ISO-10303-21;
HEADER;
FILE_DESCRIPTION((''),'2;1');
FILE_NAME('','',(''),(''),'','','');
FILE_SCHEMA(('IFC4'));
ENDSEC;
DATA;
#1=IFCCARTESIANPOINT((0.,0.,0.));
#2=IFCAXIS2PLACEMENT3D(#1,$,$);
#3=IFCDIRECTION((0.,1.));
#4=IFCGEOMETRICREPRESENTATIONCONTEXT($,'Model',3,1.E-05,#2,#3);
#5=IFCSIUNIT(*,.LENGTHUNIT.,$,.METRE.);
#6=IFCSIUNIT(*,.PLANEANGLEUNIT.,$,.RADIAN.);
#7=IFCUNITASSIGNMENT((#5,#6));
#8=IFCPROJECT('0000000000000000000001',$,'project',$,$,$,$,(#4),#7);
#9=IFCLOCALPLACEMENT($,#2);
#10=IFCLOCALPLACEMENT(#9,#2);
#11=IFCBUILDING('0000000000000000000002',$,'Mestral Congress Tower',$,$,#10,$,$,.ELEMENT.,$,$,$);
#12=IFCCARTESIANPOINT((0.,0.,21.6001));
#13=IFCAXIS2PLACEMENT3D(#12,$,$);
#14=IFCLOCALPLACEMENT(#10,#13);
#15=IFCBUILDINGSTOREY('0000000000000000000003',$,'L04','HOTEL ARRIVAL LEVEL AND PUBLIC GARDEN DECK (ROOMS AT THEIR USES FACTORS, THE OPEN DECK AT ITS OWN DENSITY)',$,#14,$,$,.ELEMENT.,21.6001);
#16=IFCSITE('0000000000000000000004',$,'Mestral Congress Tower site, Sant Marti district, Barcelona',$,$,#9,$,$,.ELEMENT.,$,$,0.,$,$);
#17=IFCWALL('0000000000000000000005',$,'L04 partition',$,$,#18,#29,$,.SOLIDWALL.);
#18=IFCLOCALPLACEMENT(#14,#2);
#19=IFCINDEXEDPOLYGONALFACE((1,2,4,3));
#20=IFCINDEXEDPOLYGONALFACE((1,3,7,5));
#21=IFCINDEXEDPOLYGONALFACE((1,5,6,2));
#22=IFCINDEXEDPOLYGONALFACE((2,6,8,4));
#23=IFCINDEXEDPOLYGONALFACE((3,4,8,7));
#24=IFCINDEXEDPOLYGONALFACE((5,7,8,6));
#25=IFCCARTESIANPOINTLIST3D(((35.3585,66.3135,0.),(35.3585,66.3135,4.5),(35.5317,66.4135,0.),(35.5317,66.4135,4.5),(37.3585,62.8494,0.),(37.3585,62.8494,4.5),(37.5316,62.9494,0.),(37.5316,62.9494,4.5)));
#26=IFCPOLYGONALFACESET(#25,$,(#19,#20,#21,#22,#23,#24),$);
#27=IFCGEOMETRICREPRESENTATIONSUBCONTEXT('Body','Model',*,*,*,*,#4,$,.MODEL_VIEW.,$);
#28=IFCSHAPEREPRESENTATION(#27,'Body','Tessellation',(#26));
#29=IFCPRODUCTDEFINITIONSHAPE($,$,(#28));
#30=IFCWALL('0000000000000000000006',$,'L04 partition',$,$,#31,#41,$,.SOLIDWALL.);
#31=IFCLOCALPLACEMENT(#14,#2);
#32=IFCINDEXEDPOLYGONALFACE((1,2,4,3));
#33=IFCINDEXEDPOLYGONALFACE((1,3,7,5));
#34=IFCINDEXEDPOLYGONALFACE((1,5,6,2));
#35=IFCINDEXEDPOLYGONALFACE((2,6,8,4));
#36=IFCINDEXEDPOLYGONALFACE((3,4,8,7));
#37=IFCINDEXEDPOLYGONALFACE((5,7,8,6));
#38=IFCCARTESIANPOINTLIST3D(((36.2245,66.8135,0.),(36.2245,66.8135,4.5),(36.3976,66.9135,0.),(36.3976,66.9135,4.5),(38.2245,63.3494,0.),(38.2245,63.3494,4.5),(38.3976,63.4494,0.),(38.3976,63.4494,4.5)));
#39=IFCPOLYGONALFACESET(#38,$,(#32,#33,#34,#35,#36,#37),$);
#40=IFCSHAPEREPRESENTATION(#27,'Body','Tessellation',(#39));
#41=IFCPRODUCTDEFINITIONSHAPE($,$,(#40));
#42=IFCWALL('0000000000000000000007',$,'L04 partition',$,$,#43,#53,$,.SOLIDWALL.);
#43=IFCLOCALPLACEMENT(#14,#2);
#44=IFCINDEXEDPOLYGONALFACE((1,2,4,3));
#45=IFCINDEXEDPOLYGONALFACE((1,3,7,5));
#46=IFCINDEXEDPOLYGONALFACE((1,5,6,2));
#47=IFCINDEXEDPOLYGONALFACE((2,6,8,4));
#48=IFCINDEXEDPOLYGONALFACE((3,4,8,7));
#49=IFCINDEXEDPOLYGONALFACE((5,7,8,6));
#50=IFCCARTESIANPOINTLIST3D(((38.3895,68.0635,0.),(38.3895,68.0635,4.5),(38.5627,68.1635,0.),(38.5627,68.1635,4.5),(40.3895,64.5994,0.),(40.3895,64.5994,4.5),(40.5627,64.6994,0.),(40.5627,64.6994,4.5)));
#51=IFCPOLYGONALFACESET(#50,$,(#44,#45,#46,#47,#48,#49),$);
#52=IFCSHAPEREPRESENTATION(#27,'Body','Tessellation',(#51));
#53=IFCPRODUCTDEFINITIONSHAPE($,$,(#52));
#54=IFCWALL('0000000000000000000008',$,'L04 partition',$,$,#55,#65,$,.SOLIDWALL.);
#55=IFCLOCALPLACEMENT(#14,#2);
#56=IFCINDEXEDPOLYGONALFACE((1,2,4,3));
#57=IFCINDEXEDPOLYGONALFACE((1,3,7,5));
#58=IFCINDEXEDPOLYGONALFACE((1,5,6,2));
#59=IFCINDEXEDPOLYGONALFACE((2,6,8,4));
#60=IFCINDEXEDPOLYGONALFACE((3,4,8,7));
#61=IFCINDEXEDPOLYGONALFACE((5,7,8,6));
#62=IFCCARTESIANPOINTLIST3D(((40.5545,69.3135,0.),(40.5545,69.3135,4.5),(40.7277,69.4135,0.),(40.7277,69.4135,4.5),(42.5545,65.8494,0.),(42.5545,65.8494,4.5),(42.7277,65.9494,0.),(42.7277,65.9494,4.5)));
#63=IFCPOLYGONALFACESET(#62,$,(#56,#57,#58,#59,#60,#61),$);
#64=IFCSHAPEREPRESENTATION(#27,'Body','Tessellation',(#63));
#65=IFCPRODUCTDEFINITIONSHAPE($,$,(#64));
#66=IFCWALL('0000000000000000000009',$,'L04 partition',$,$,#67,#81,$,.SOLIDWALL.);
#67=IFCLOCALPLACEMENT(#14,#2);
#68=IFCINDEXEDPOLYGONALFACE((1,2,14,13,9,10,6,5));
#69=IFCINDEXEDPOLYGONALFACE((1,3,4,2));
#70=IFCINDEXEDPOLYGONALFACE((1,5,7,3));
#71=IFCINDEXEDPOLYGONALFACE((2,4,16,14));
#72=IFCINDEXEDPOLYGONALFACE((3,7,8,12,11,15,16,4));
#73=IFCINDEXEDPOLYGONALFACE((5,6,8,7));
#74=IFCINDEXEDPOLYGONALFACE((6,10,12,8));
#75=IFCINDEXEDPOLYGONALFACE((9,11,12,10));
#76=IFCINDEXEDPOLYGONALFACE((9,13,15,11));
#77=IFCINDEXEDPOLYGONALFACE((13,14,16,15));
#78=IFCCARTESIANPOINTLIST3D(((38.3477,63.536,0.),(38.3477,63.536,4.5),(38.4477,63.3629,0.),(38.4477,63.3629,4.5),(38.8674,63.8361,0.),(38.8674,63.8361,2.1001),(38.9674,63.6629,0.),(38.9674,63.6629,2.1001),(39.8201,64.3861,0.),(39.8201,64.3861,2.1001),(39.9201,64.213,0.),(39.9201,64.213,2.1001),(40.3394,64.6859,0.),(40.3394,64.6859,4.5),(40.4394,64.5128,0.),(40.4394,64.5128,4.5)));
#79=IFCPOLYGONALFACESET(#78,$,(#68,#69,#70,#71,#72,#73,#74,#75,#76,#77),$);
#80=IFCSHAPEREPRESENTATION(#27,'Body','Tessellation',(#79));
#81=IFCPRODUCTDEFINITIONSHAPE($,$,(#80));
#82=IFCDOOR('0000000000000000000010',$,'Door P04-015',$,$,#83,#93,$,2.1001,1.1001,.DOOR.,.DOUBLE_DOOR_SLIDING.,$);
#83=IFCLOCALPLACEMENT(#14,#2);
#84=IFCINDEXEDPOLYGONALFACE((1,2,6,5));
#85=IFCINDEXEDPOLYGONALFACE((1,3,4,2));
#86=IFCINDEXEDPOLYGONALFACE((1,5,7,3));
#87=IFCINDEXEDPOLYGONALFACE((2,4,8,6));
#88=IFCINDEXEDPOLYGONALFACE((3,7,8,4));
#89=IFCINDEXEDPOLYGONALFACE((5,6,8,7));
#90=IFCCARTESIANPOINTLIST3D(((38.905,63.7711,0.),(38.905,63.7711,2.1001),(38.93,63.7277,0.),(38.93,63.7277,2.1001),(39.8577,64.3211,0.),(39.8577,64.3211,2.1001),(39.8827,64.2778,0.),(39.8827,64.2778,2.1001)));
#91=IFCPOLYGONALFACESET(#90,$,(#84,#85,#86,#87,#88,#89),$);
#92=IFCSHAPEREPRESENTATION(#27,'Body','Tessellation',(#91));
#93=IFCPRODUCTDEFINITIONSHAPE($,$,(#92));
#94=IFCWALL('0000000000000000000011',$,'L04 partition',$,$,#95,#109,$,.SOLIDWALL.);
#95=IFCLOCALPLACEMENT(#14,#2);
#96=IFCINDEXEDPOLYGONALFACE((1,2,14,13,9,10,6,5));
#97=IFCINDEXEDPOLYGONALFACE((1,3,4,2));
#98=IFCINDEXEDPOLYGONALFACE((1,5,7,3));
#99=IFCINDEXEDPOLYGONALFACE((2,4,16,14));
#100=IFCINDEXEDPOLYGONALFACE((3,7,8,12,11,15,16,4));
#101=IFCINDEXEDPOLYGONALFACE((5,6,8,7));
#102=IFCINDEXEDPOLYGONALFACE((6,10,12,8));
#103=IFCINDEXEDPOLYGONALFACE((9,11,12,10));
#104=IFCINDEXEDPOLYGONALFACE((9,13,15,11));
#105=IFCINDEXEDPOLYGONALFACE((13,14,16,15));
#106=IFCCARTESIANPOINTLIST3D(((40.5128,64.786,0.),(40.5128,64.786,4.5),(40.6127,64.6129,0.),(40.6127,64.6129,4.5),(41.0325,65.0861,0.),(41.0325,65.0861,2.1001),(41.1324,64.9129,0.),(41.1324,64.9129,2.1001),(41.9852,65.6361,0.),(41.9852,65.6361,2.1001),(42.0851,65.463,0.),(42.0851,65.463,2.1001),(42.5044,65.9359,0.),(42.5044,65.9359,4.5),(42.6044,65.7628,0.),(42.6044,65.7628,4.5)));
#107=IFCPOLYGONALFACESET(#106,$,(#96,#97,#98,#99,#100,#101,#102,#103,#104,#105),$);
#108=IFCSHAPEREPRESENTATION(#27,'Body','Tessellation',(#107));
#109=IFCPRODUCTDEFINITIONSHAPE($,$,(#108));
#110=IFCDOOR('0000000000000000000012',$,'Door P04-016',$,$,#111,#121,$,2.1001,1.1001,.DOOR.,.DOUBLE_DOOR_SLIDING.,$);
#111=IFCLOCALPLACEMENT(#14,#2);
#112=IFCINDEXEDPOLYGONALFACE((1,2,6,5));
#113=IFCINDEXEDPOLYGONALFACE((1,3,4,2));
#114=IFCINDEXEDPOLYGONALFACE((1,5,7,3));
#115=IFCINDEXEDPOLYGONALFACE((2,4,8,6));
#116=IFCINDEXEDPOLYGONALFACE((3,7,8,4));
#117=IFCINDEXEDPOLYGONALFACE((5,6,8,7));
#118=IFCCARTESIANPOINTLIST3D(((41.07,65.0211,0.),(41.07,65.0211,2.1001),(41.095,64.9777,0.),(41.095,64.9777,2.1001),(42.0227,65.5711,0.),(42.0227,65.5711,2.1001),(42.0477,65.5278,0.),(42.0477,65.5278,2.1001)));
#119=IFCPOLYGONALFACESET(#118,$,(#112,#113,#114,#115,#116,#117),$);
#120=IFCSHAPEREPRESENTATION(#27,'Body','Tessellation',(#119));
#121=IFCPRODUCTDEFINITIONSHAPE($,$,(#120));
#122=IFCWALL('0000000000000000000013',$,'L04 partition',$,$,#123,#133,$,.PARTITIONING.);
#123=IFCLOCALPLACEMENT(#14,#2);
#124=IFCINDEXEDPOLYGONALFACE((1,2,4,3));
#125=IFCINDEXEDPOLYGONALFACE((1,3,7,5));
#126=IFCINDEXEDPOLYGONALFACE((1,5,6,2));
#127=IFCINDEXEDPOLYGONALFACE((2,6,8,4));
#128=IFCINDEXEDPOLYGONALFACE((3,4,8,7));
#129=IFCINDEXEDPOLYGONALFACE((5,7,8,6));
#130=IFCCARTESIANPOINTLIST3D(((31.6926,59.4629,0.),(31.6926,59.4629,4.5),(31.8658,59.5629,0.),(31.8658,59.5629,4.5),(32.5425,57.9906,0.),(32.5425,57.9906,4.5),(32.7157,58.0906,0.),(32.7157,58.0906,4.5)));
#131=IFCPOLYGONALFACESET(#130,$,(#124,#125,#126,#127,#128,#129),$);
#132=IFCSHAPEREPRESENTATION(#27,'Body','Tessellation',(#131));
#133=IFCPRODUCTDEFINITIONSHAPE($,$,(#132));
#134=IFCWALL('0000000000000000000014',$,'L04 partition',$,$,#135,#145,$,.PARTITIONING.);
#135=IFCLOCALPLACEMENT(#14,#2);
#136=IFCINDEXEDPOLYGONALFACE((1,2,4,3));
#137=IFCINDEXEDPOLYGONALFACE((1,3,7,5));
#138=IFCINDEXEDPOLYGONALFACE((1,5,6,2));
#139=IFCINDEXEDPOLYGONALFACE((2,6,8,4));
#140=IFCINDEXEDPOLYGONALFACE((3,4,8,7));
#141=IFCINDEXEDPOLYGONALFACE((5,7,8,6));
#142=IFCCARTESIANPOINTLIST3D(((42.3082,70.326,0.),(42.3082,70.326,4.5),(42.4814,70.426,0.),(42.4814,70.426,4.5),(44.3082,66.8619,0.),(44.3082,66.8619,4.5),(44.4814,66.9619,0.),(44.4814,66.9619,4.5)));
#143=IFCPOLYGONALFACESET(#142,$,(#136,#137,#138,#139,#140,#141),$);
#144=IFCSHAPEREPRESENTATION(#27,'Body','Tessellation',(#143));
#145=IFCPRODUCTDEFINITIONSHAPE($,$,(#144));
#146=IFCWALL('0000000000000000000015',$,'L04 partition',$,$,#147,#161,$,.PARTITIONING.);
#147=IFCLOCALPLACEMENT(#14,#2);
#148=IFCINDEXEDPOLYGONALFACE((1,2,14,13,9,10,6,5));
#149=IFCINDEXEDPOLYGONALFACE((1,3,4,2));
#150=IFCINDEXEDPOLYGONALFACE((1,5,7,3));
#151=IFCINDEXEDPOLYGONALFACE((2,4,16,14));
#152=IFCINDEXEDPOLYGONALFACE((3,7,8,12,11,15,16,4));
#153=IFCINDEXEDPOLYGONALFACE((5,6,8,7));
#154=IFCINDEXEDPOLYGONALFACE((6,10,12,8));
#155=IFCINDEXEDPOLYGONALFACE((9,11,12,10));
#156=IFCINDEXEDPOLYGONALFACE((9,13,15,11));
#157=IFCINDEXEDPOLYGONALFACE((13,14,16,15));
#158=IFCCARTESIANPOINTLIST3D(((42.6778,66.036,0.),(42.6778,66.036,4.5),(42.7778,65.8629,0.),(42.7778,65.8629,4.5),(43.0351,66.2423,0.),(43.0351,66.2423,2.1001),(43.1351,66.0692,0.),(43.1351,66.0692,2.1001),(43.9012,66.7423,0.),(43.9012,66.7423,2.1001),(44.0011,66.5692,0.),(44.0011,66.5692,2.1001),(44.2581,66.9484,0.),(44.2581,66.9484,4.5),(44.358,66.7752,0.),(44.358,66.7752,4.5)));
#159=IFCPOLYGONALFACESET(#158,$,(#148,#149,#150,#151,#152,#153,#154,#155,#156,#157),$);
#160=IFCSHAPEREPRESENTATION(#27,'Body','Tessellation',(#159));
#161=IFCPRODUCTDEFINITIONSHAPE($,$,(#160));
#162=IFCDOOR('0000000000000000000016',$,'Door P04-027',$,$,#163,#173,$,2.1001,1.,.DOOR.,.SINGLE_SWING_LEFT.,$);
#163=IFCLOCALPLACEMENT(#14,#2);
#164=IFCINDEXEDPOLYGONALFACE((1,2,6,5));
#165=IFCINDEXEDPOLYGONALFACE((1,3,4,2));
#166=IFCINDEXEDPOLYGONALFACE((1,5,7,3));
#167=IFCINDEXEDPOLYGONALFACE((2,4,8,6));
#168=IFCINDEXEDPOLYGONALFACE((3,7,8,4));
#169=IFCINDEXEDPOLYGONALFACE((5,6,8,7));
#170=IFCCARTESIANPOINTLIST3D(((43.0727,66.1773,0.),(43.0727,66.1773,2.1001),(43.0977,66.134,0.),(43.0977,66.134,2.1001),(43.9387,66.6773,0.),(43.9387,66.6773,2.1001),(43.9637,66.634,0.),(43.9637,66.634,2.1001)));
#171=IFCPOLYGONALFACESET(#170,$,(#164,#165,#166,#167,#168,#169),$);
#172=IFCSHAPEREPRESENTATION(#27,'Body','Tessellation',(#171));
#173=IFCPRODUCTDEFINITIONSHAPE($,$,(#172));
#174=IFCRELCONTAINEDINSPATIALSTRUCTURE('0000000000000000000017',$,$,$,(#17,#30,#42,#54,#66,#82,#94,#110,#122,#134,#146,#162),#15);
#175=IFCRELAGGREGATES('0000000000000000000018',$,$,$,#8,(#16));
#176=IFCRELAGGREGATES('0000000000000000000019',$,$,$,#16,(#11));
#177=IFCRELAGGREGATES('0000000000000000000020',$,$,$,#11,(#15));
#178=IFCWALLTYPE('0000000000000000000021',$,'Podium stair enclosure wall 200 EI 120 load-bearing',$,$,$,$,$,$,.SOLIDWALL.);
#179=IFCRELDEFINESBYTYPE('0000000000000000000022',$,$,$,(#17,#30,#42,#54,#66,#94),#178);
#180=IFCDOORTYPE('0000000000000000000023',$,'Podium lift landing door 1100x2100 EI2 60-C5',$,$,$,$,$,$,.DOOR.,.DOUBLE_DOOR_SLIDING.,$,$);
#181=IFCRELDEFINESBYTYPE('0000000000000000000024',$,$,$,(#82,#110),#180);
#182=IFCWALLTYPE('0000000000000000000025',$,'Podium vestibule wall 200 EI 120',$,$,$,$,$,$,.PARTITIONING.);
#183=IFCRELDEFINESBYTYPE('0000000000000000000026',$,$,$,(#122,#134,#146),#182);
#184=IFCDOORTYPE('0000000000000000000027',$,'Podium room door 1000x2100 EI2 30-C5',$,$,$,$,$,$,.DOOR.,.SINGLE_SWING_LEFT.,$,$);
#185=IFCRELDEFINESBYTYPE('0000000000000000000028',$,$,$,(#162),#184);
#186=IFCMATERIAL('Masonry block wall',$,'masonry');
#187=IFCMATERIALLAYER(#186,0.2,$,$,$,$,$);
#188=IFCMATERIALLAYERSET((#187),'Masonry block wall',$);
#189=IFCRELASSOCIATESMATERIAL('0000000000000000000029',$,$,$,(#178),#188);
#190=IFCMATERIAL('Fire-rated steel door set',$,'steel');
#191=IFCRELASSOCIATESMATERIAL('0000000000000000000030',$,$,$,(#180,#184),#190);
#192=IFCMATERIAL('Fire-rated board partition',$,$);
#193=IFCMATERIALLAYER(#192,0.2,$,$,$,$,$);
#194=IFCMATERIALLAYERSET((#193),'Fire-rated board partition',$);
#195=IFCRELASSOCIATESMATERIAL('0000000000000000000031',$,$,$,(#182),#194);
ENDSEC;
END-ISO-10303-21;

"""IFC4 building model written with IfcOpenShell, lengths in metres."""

from ifc_helpers import new_model, si_unit, direction, frame, frame_2d, origin, place, context, subcontext, project, spatial, rectangle, extrude, material, layer, layer_set, type_object, element, fill, save


model = new_model("IFC4")

# Units and contexts
model_context = context("Model", 3, precision=1e-05, world=origin(), true_north=direction((0.0, 1.0)))
body_context = subcontext(model_context, "Body", "Model", "MODEL_VIEW")
ifc_project = project(units=[si_unit("LENGTHUNIT", "METRE"), si_unit("PLANEANGLEUNIT", "RADIAN")], contexts=[model_context])

# Site, building, storey
site_placement = place(None, origin())
site = spatial("IfcSite", under=ifc_project, at=site_placement, Name="Mestral Congress Tower site, Sant Marti district, Barcelona", CompositionType="ELEMENT", RefElevation=0.0)
building_placement = place(site_placement, origin())
building = spatial("IfcBuilding", under=site, at=building_placement, Name="Mestral Congress Tower", CompositionType="ELEMENT")
storey_placement = place(building_placement, frame((0.0, 0.0, 21.6001)))
storey = spatial("IfcBuildingStorey", under=building, at=storey_placement, Name="L04", Description="HOTEL ARRIVAL LEVEL AND PUBLIC GARDEN DECK (ROOMS AT THEIR USES FACTORS, THE OPEN DECK AT ITS OWN DENSITY)", CompositionType="ELEMENT", Elevation=21.6001)

# Walls
ifc_material_1 = material(Name="Masonry block wall", Category="masonry")
ifc_layer_1 = layer(ifc_material_1, 0.2)
ifc_layer_set_1 = layer_set([ifc_layer_1], Name="Masonry block wall")
wall_type_1 = type_object("IfcWallType", Name="Podium stair enclosure wall 200 EI 120 load-bearing", PredefinedType="SOLIDWALL", material=ifc_layer_set_1)
for number, where, z_axis, x_axis, name in (
    (1, (37.4451, 62.8994, 0.0), (0.0, 0.0, 1.0), (-0.499999, 0.866026, 0.0), "L04 partition"),
    (2, (38.311, 63.3994, 0.0), (0.0, 0.0, 1.0), (-0.499999, 0.866026, 0.0), "L04 partition"),
    (3, (40.4761, 64.6494, 0.0), (0.0, 0.0, 1.0), (-0.499999, 0.866026, 0.0), "L04 partition"),
    (4, (42.6411, 65.8994, 0.0), (0.0, 0.0, 1.0), (-0.499999, 0.866026, 0.0), "L04 partition"),
):
    element("IfcWall", number, at=place(storey_placement, frame(where, z_axis=z_axis, x_axis=x_axis)), inside=storey, type_object=wall_type_1, Name=name, PredefinedType="SOLIDWALL", context=body_context, shape_type="SweptSolid", body=[
        extrude(rectangle(XDim=4.0, YDim=0.2, at=frame_2d((2.0, 0.0))), origin(), (0.0, 0.0, 1.0), 4.5),
    ])

# Walls, openings, doors
wall_1_placement = place(storey_placement, frame((38.3977, 63.4495, 0.0), z_axis=(0.0, 0.0, 1.0), x_axis=(0.866026, 0.499998, 0.0)))
wall_1 = element("IfcWall", 5, at=wall_1_placement, inside=storey, type_object=wall_type_1, Name="L04 partition", PredefinedType="SOLIDWALL", context=body_context, shape_type="SweptSolid", body=[
    extrude(rectangle(XDim=2.2998, YDim=0.2, at=frame_2d((1.1499, 0.0))), origin(), (0.0, 0.0, 1.0), 4.5),
])
opening_1_placement = place(wall_1_placement, frame((0.6001, 0.0, 0.0)))
opening_1 = element("IfcOpeningElement", 6, at=opening_1_placement, cuts=wall_1, PredefinedType="OPENING", context=body_context, shape_type="SweptSolid", body=[
    extrude(rectangle(XDim=1.1001, YDim=2.1001, at=frame_2d((0.55, 1.05))), frame((0.0, 0.1099, 0.0), z_axis=(0.0, -1.0, 0.0), x_axis=(1.0, 0.0, 0.0)), (0.0, 0.0, 1.0), 0.22),
])
ifc_material_2 = material(Name="Fire-rated steel door set", Category="steel")
door_type_1 = type_object("IfcDoorType", Name="Podium lift landing door 1100x2100 EI2 60-C5", OperationType="DOUBLE_DOOR_SLIDING", PredefinedType="DOOR", material=ifc_material_2)
door_1_placement = place(opening_1_placement, origin())
door_1 = element("IfcDoor", 7, at=door_1_placement, inside=storey, type_object=door_type_1, Name="Door P04-015", OperationType="DOUBLE_DOOR_SLIDING", OverallHeight=2.1001, OverallWidth=1.1001, PredefinedType="DOOR", context=body_context, shape_type="SweptSolid", body=[
    extrude(rectangle(XDim=1.1001, YDim=2.1001, at=frame_2d((0.55, 1.05))), frame((0.0, 0.0249, 0.0), z_axis=(0.0, -1.0, 0.0), x_axis=(1.0, 0.0, 0.0)), (0.0, 0.0, 1.0), 0.05),
])
fill(opening_1, door_1)
wall_2_placement = place(storey_placement, frame((40.5627, 64.6995, 0.0), z_axis=(0.0, 0.0, 1.0), x_axis=(0.866026, 0.499998, 0.0)))
wall_2 = element("IfcWall", 8, at=wall_2_placement, inside=storey, type_object=wall_type_1, Name="L04 partition", PredefinedType="SOLIDWALL", context=body_context, shape_type="SweptSolid", body=[
    extrude(rectangle(XDim=2.2998, YDim=0.2, at=frame_2d((1.1499, 0.0))), origin(), (0.0, 0.0, 1.0), 4.5),
])
opening_2_placement = place(wall_2_placement, frame((0.6001, 0.0, 0.0)))
opening_2 = element("IfcOpeningElement", 9, at=opening_2_placement, cuts=wall_2, PredefinedType="OPENING", context=body_context, shape_type="SweptSolid", body=[
    extrude(rectangle(XDim=1.1001, YDim=2.1001, at=frame_2d((0.55, 1.05))), frame((0.0, 0.1099, 0.0), z_axis=(0.0, -1.0, 0.0), x_axis=(1.0, 0.0, 0.0)), (0.0, 0.0, 1.0), 0.22),
])
door_2_placement = place(opening_2_placement, origin())
door_2 = element("IfcDoor", 10, at=door_2_placement, inside=storey, type_object=door_type_1, Name="Door P04-016", OperationType="DOUBLE_DOOR_SLIDING", OverallHeight=2.1001, OverallWidth=1.1001, PredefinedType="DOOR", context=body_context, shape_type="SweptSolid", body=[
    extrude(rectangle(XDim=1.1001, YDim=2.1001, at=frame_2d((0.55, 1.05))), frame((0.0, 0.0249, 0.0), z_axis=(0.0, -1.0, 0.0), x_axis=(1.0, 0.0, 0.0)), (0.0, 0.0, 1.0), 0.05),
])
fill(opening_2, door_2)

# Walls
ifc_material_3 = material(Name="Fire-rated board partition")
ifc_layer_2 = layer(ifc_material_3, 0.2)
ifc_layer_set_2 = layer_set([ifc_layer_2], Name="Fire-rated board partition")
wall_type_2 = type_object("IfcWallType", Name="Podium vestibule wall 200 EI 120", PredefinedType="PARTITIONING", material=ifc_layer_set_2)
wall_3_placement = place(storey_placement, frame((32.6292, 58.0405, 0.0), z_axis=(0.0, 0.0, 1.0), x_axis=(-0.499955, 0.866052, 0.0)))
element("IfcWall", 11, at=wall_3_placement, inside=storey, type_object=wall_type_2, Name="L04 partition", PredefinedType="PARTITIONING", context=body_context, shape_type="SweptSolid", body=[
    extrude(rectangle(XDim=1.7, YDim=0.2, at=frame_2d((0.8501, 0.0))), origin(), (0.0, 0.0, 1.0), 4.5),
])
wall_4_placement = place(storey_placement, frame((44.3948, 66.9119, 0.0), z_axis=(0.0, 0.0, 1.0), x_axis=(-0.499999, 0.866026, 0.0)))
element("IfcWall", 12, at=wall_4_placement, inside=storey, type_object=wall_type_2, Name="L04 partition", PredefinedType="PARTITIONING", context=body_context, shape_type="SweptSolid", body=[
    extrude(rectangle(XDim=4.0, YDim=0.2, at=frame_2d((2.0, 0.0))), origin(), (0.0, 0.0, 1.0), 4.5),
])

# Wall, opening, door
wall_5_placement = place(storey_placement, frame((42.7278, 65.9495, 0.0), z_axis=(0.0, 0.0, 1.0), x_axis=(0.866036, 0.499981, 0.0)))
wall_5 = element("IfcWall", 13, at=wall_5_placement, inside=storey, type_object=wall_type_2, Name="L04 partition", PredefinedType="PARTITIONING", context=body_context, shape_type="SweptSolid", body=[
    extrude(rectangle(XDim=1.8247, YDim=0.2, at=frame_2d((0.9124, 0.0))), origin(), (0.0, 0.0, 1.0), 4.5),
])
opening_3_placement = place(wall_5_placement, frame((0.4126, 0.0, 0.0)))
opening_3 = element("IfcOpeningElement", 14, at=opening_3_placement, cuts=wall_5, PredefinedType="OPENING", context=body_context, shape_type="SweptSolid", body=[
    extrude(rectangle(XDim=1.0, YDim=2.1001, at=frame_2d((0.5, 1.05))), frame((0.0, 0.1099, 0.0), z_axis=(0.0, -1.0, 0.0), x_axis=(1.0, 0.0, 0.0)), (0.0, 0.0, 1.0), 0.22),
])
door_type_2 = type_object("IfcDoorType", Name="Podium room door 1000x2100 EI2 30-C5", OperationType="SINGLE_SWING_LEFT", PredefinedType="DOOR", material=ifc_material_2)
door_3_placement = place(opening_3_placement, origin())
door_3 = element("IfcDoor", 15, at=door_3_placement, inside=storey, type_object=door_type_2, Name="Door P04-027", OperationType="SINGLE_SWING_LEFT", OverallHeight=2.1001, OverallWidth=1.0, PredefinedType="DOOR", context=body_context, shape_type="SweptSolid", body=[
    extrude(rectangle(XDim=1.0, YDim=2.1001, at=frame_2d((0.5, 1.05))), frame((0.0, 0.0249, 0.0), z_axis=(0.0, -1.0, 0.0), x_axis=(1.0, 0.0, 0.0)), (0.0, 0.0, 1.0), 0.05),
])
fill(opening_3, door_3)

save(model, "model.ifc")
